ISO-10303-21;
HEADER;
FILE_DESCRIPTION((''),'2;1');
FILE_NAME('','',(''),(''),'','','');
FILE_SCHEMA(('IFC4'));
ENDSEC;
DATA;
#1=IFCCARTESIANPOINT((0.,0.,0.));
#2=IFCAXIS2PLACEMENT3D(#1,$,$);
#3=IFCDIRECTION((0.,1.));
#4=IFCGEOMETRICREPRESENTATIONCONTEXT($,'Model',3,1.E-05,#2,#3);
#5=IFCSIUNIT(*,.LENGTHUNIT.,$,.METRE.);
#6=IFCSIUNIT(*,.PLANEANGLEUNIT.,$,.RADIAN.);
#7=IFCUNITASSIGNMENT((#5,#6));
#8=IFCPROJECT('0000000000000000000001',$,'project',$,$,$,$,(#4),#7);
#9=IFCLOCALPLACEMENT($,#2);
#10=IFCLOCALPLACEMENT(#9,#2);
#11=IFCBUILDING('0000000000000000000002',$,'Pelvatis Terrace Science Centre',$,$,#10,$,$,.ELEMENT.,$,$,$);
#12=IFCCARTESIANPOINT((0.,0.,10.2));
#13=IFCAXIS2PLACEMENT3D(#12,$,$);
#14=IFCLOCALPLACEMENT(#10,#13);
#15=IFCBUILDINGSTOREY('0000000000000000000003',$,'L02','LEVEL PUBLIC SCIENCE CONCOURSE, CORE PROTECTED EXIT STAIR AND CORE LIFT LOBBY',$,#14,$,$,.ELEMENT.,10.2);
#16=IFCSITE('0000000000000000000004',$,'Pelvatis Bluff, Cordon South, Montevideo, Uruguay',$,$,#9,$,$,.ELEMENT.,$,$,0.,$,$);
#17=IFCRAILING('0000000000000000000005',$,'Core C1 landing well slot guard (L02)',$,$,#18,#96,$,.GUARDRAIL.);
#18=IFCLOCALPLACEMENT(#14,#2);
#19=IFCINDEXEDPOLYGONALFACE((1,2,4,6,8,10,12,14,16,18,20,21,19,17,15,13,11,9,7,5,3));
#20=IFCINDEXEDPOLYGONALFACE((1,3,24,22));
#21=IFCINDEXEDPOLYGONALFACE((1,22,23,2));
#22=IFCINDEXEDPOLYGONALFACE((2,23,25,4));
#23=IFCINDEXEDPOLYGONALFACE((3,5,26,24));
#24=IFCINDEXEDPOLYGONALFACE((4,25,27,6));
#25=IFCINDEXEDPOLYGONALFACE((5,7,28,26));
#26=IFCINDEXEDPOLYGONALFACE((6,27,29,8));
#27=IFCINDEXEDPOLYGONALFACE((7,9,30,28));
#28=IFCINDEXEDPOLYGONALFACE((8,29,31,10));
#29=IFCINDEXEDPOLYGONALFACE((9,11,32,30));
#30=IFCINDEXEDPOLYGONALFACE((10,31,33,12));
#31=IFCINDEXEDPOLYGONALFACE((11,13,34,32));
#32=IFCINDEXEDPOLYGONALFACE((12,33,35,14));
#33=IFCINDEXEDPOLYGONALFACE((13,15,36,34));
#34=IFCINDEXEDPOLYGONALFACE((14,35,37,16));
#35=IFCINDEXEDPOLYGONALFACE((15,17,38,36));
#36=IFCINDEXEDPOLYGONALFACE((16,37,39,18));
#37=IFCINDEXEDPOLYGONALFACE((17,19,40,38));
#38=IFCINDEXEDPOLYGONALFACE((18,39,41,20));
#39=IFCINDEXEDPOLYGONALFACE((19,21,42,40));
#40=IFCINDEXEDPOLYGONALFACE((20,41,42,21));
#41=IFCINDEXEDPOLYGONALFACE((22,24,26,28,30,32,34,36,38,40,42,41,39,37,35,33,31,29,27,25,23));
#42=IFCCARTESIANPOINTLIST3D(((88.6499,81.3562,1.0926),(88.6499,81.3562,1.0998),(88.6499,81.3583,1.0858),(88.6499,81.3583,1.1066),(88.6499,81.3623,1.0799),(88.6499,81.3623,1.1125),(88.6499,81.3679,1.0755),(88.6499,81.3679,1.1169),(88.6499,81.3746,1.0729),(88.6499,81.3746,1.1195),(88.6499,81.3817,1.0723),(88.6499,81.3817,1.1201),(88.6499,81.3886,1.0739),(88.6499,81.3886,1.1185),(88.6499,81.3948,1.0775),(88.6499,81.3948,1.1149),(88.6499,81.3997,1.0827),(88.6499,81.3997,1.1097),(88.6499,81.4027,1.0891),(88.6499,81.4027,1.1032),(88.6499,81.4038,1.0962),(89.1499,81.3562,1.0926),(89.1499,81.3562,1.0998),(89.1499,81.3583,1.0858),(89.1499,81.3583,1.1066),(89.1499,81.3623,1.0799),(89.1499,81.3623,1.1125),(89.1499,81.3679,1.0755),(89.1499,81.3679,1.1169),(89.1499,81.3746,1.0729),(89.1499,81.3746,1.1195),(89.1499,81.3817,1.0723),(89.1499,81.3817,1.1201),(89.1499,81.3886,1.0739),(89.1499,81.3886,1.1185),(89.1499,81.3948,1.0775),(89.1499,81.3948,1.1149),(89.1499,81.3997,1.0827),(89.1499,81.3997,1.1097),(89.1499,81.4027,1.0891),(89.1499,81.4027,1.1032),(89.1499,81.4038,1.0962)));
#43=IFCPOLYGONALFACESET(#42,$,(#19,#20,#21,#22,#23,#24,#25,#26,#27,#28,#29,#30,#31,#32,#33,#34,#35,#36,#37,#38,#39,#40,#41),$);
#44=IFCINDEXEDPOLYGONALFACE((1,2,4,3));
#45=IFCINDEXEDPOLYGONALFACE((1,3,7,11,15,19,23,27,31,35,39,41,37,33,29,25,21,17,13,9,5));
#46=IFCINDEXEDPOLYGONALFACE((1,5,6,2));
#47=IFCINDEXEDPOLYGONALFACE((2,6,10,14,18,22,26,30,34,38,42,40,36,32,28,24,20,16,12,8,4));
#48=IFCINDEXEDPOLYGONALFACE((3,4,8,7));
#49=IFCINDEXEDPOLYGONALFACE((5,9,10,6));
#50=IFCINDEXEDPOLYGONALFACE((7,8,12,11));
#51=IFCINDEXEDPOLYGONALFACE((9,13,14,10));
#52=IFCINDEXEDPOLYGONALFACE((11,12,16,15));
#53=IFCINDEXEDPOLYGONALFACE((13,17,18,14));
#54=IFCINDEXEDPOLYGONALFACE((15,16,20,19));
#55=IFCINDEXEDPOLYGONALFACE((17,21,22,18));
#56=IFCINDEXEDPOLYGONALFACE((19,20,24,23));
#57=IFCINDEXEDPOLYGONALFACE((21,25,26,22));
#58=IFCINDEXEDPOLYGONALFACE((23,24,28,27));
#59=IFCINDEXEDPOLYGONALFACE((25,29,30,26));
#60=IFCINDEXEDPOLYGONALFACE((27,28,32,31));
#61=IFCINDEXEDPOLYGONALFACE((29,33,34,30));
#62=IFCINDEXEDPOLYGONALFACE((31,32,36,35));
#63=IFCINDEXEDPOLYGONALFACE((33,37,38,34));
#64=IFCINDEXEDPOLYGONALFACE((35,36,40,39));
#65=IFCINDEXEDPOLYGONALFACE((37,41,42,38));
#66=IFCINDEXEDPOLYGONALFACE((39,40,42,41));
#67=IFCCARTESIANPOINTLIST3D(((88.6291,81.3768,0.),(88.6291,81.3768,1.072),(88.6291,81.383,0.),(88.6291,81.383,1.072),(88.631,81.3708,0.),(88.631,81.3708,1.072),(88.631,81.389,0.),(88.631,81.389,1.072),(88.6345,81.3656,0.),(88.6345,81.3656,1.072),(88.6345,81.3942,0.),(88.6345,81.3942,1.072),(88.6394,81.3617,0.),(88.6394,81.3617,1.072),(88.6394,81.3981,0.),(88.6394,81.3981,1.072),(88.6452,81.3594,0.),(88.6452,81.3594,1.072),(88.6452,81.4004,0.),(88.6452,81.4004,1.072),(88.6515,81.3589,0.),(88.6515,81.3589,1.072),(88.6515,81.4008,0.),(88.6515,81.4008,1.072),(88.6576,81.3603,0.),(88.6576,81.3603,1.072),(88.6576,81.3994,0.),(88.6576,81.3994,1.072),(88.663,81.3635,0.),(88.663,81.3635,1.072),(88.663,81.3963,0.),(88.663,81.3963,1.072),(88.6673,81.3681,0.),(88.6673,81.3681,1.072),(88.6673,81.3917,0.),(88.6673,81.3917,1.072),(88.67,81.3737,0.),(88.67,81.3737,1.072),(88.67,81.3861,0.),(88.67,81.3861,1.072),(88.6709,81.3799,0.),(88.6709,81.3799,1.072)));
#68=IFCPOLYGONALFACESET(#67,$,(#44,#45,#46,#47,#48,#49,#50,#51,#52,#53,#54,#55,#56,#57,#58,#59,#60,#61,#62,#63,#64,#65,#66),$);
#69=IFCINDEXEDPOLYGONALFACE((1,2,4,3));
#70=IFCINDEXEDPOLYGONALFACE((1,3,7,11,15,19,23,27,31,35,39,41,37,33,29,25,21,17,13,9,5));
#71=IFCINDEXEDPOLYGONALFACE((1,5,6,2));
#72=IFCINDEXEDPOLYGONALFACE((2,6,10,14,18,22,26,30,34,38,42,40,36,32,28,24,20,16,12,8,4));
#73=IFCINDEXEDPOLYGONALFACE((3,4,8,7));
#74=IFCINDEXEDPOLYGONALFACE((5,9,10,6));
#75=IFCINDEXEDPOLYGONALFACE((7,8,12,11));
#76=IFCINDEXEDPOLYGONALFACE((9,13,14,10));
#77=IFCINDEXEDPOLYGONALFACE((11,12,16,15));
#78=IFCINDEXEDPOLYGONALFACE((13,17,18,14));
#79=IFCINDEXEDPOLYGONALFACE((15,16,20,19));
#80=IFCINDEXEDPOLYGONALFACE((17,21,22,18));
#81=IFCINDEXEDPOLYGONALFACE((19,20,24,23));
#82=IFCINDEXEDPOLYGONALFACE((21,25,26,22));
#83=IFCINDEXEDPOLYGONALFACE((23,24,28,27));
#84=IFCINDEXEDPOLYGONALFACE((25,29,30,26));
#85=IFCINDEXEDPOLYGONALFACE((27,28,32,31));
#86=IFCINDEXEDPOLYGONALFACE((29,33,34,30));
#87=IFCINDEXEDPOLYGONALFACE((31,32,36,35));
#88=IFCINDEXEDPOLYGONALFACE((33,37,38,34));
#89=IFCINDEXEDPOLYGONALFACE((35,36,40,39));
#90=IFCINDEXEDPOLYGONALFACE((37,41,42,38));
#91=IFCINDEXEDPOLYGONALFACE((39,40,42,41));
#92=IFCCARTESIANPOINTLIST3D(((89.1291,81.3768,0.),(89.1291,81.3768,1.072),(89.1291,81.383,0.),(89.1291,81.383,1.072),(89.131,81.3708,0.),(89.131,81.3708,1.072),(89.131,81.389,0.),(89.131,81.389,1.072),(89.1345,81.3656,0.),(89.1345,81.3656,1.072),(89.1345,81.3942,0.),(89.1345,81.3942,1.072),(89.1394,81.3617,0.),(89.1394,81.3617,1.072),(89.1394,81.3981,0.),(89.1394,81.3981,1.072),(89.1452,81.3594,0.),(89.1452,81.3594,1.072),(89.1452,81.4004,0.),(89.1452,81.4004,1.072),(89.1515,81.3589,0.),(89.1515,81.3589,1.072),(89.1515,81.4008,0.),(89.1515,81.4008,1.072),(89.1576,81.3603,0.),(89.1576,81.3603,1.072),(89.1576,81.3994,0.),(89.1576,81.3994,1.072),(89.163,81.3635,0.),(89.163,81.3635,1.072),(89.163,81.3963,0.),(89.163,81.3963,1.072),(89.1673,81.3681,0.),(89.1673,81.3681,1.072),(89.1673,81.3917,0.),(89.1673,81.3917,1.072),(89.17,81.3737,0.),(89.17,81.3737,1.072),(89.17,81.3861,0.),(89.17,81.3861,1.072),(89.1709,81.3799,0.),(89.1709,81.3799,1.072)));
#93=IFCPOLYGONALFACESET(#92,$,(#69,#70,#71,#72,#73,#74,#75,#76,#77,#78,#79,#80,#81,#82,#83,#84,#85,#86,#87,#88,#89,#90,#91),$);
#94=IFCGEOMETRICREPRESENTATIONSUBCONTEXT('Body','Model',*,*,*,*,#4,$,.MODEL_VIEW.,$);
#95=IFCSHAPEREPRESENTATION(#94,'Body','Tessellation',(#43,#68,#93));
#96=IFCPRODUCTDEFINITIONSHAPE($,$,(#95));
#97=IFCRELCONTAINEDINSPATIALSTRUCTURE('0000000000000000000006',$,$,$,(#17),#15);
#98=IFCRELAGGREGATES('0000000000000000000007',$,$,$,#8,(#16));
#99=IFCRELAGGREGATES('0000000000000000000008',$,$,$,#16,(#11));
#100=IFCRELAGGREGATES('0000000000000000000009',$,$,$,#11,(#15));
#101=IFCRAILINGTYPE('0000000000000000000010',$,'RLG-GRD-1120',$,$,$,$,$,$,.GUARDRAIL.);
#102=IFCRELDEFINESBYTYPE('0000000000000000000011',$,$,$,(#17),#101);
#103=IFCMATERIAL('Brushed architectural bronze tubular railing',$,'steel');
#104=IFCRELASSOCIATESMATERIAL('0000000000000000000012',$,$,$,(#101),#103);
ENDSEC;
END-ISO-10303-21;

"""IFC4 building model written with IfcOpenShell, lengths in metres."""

from ifc_helpers import new_model, si_unit, direction, frame, origin, origin_2d, place, context, subcontext, project, spatial, circle, extrude, material, type_object, element, save


model = new_model("IFC4")

# Units and contexts
model_context = context("Model", 3, precision=1e-05, world=origin(), true_north=direction((0.0, 1.0)))
body_context = subcontext(model_context, "Body", "Model", "MODEL_VIEW")
ifc_project = project(units=[si_unit("LENGTHUNIT", "METRE"), si_unit("PLANEANGLEUNIT", "RADIAN")], contexts=[model_context])

# Site, building, storey
site_placement = place(None, origin())
site = spatial("IfcSite", under=ifc_project, at=site_placement, Name="Pelvatis Bluff, Cordon South, Montevideo, Uruguay", CompositionType="ELEMENT", RefElevation=0.0)
building_placement = place(site_placement, origin())
building = spatial("IfcBuilding", under=site, at=building_placement, Name="Pelvatis Terrace Science Centre", CompositionType="ELEMENT")
storey_placement = place(building_placement, frame((0.0, 0.0, 10.2)))
storey = spatial("IfcBuildingStorey", under=building, at=storey_placement, Name="L02", Description="LEVEL PUBLIC SCIENCE CONCOURSE, CORE PROTECTED EXIT STAIR AND CORE LIFT LOBBY", CompositionType="ELEMENT", Elevation=10.2)

# Railing
ifc_material_1 = material(Name="Brushed architectural bronze tubular railing", Category="steel")
railing_type_1 = type_object("IfcRailingType", Name="RLG-GRD-1120", PredefinedType="GUARDRAIL", material=ifc_material_1)
railing_1_placement = place(storey_placement, frame((88.6499, 81.3799, 0.0)))
element("IfcRailing", 1, at=railing_1_placement, inside=storey, type_object=railing_type_1, Name="Core C1 landing well slot guard (L02)", PredefinedType="GUARDRAIL", context=body_context, shape_type="SweptSolid", body=[
    extrude(circle(Radius=0.0239, at=origin_2d()), frame((0.0, 0.0, 1.0962), z_axis=(1.0, 0.0, 0.0), x_axis=(0.0, 1.0, 0.0)), (0.0, 0.0, 1.0), 0.5),
    extrude(circle(Radius=0.021, at=origin_2d()), origin(), (0.0, 0.0, 1.0), 1.072),
    extrude(circle(Radius=0.021, at=origin_2d()), frame((0.5, 0.0, 0.0)), (0.0, 0.0, 1.0), 1.072),
])

save(model, "model.ifc")
